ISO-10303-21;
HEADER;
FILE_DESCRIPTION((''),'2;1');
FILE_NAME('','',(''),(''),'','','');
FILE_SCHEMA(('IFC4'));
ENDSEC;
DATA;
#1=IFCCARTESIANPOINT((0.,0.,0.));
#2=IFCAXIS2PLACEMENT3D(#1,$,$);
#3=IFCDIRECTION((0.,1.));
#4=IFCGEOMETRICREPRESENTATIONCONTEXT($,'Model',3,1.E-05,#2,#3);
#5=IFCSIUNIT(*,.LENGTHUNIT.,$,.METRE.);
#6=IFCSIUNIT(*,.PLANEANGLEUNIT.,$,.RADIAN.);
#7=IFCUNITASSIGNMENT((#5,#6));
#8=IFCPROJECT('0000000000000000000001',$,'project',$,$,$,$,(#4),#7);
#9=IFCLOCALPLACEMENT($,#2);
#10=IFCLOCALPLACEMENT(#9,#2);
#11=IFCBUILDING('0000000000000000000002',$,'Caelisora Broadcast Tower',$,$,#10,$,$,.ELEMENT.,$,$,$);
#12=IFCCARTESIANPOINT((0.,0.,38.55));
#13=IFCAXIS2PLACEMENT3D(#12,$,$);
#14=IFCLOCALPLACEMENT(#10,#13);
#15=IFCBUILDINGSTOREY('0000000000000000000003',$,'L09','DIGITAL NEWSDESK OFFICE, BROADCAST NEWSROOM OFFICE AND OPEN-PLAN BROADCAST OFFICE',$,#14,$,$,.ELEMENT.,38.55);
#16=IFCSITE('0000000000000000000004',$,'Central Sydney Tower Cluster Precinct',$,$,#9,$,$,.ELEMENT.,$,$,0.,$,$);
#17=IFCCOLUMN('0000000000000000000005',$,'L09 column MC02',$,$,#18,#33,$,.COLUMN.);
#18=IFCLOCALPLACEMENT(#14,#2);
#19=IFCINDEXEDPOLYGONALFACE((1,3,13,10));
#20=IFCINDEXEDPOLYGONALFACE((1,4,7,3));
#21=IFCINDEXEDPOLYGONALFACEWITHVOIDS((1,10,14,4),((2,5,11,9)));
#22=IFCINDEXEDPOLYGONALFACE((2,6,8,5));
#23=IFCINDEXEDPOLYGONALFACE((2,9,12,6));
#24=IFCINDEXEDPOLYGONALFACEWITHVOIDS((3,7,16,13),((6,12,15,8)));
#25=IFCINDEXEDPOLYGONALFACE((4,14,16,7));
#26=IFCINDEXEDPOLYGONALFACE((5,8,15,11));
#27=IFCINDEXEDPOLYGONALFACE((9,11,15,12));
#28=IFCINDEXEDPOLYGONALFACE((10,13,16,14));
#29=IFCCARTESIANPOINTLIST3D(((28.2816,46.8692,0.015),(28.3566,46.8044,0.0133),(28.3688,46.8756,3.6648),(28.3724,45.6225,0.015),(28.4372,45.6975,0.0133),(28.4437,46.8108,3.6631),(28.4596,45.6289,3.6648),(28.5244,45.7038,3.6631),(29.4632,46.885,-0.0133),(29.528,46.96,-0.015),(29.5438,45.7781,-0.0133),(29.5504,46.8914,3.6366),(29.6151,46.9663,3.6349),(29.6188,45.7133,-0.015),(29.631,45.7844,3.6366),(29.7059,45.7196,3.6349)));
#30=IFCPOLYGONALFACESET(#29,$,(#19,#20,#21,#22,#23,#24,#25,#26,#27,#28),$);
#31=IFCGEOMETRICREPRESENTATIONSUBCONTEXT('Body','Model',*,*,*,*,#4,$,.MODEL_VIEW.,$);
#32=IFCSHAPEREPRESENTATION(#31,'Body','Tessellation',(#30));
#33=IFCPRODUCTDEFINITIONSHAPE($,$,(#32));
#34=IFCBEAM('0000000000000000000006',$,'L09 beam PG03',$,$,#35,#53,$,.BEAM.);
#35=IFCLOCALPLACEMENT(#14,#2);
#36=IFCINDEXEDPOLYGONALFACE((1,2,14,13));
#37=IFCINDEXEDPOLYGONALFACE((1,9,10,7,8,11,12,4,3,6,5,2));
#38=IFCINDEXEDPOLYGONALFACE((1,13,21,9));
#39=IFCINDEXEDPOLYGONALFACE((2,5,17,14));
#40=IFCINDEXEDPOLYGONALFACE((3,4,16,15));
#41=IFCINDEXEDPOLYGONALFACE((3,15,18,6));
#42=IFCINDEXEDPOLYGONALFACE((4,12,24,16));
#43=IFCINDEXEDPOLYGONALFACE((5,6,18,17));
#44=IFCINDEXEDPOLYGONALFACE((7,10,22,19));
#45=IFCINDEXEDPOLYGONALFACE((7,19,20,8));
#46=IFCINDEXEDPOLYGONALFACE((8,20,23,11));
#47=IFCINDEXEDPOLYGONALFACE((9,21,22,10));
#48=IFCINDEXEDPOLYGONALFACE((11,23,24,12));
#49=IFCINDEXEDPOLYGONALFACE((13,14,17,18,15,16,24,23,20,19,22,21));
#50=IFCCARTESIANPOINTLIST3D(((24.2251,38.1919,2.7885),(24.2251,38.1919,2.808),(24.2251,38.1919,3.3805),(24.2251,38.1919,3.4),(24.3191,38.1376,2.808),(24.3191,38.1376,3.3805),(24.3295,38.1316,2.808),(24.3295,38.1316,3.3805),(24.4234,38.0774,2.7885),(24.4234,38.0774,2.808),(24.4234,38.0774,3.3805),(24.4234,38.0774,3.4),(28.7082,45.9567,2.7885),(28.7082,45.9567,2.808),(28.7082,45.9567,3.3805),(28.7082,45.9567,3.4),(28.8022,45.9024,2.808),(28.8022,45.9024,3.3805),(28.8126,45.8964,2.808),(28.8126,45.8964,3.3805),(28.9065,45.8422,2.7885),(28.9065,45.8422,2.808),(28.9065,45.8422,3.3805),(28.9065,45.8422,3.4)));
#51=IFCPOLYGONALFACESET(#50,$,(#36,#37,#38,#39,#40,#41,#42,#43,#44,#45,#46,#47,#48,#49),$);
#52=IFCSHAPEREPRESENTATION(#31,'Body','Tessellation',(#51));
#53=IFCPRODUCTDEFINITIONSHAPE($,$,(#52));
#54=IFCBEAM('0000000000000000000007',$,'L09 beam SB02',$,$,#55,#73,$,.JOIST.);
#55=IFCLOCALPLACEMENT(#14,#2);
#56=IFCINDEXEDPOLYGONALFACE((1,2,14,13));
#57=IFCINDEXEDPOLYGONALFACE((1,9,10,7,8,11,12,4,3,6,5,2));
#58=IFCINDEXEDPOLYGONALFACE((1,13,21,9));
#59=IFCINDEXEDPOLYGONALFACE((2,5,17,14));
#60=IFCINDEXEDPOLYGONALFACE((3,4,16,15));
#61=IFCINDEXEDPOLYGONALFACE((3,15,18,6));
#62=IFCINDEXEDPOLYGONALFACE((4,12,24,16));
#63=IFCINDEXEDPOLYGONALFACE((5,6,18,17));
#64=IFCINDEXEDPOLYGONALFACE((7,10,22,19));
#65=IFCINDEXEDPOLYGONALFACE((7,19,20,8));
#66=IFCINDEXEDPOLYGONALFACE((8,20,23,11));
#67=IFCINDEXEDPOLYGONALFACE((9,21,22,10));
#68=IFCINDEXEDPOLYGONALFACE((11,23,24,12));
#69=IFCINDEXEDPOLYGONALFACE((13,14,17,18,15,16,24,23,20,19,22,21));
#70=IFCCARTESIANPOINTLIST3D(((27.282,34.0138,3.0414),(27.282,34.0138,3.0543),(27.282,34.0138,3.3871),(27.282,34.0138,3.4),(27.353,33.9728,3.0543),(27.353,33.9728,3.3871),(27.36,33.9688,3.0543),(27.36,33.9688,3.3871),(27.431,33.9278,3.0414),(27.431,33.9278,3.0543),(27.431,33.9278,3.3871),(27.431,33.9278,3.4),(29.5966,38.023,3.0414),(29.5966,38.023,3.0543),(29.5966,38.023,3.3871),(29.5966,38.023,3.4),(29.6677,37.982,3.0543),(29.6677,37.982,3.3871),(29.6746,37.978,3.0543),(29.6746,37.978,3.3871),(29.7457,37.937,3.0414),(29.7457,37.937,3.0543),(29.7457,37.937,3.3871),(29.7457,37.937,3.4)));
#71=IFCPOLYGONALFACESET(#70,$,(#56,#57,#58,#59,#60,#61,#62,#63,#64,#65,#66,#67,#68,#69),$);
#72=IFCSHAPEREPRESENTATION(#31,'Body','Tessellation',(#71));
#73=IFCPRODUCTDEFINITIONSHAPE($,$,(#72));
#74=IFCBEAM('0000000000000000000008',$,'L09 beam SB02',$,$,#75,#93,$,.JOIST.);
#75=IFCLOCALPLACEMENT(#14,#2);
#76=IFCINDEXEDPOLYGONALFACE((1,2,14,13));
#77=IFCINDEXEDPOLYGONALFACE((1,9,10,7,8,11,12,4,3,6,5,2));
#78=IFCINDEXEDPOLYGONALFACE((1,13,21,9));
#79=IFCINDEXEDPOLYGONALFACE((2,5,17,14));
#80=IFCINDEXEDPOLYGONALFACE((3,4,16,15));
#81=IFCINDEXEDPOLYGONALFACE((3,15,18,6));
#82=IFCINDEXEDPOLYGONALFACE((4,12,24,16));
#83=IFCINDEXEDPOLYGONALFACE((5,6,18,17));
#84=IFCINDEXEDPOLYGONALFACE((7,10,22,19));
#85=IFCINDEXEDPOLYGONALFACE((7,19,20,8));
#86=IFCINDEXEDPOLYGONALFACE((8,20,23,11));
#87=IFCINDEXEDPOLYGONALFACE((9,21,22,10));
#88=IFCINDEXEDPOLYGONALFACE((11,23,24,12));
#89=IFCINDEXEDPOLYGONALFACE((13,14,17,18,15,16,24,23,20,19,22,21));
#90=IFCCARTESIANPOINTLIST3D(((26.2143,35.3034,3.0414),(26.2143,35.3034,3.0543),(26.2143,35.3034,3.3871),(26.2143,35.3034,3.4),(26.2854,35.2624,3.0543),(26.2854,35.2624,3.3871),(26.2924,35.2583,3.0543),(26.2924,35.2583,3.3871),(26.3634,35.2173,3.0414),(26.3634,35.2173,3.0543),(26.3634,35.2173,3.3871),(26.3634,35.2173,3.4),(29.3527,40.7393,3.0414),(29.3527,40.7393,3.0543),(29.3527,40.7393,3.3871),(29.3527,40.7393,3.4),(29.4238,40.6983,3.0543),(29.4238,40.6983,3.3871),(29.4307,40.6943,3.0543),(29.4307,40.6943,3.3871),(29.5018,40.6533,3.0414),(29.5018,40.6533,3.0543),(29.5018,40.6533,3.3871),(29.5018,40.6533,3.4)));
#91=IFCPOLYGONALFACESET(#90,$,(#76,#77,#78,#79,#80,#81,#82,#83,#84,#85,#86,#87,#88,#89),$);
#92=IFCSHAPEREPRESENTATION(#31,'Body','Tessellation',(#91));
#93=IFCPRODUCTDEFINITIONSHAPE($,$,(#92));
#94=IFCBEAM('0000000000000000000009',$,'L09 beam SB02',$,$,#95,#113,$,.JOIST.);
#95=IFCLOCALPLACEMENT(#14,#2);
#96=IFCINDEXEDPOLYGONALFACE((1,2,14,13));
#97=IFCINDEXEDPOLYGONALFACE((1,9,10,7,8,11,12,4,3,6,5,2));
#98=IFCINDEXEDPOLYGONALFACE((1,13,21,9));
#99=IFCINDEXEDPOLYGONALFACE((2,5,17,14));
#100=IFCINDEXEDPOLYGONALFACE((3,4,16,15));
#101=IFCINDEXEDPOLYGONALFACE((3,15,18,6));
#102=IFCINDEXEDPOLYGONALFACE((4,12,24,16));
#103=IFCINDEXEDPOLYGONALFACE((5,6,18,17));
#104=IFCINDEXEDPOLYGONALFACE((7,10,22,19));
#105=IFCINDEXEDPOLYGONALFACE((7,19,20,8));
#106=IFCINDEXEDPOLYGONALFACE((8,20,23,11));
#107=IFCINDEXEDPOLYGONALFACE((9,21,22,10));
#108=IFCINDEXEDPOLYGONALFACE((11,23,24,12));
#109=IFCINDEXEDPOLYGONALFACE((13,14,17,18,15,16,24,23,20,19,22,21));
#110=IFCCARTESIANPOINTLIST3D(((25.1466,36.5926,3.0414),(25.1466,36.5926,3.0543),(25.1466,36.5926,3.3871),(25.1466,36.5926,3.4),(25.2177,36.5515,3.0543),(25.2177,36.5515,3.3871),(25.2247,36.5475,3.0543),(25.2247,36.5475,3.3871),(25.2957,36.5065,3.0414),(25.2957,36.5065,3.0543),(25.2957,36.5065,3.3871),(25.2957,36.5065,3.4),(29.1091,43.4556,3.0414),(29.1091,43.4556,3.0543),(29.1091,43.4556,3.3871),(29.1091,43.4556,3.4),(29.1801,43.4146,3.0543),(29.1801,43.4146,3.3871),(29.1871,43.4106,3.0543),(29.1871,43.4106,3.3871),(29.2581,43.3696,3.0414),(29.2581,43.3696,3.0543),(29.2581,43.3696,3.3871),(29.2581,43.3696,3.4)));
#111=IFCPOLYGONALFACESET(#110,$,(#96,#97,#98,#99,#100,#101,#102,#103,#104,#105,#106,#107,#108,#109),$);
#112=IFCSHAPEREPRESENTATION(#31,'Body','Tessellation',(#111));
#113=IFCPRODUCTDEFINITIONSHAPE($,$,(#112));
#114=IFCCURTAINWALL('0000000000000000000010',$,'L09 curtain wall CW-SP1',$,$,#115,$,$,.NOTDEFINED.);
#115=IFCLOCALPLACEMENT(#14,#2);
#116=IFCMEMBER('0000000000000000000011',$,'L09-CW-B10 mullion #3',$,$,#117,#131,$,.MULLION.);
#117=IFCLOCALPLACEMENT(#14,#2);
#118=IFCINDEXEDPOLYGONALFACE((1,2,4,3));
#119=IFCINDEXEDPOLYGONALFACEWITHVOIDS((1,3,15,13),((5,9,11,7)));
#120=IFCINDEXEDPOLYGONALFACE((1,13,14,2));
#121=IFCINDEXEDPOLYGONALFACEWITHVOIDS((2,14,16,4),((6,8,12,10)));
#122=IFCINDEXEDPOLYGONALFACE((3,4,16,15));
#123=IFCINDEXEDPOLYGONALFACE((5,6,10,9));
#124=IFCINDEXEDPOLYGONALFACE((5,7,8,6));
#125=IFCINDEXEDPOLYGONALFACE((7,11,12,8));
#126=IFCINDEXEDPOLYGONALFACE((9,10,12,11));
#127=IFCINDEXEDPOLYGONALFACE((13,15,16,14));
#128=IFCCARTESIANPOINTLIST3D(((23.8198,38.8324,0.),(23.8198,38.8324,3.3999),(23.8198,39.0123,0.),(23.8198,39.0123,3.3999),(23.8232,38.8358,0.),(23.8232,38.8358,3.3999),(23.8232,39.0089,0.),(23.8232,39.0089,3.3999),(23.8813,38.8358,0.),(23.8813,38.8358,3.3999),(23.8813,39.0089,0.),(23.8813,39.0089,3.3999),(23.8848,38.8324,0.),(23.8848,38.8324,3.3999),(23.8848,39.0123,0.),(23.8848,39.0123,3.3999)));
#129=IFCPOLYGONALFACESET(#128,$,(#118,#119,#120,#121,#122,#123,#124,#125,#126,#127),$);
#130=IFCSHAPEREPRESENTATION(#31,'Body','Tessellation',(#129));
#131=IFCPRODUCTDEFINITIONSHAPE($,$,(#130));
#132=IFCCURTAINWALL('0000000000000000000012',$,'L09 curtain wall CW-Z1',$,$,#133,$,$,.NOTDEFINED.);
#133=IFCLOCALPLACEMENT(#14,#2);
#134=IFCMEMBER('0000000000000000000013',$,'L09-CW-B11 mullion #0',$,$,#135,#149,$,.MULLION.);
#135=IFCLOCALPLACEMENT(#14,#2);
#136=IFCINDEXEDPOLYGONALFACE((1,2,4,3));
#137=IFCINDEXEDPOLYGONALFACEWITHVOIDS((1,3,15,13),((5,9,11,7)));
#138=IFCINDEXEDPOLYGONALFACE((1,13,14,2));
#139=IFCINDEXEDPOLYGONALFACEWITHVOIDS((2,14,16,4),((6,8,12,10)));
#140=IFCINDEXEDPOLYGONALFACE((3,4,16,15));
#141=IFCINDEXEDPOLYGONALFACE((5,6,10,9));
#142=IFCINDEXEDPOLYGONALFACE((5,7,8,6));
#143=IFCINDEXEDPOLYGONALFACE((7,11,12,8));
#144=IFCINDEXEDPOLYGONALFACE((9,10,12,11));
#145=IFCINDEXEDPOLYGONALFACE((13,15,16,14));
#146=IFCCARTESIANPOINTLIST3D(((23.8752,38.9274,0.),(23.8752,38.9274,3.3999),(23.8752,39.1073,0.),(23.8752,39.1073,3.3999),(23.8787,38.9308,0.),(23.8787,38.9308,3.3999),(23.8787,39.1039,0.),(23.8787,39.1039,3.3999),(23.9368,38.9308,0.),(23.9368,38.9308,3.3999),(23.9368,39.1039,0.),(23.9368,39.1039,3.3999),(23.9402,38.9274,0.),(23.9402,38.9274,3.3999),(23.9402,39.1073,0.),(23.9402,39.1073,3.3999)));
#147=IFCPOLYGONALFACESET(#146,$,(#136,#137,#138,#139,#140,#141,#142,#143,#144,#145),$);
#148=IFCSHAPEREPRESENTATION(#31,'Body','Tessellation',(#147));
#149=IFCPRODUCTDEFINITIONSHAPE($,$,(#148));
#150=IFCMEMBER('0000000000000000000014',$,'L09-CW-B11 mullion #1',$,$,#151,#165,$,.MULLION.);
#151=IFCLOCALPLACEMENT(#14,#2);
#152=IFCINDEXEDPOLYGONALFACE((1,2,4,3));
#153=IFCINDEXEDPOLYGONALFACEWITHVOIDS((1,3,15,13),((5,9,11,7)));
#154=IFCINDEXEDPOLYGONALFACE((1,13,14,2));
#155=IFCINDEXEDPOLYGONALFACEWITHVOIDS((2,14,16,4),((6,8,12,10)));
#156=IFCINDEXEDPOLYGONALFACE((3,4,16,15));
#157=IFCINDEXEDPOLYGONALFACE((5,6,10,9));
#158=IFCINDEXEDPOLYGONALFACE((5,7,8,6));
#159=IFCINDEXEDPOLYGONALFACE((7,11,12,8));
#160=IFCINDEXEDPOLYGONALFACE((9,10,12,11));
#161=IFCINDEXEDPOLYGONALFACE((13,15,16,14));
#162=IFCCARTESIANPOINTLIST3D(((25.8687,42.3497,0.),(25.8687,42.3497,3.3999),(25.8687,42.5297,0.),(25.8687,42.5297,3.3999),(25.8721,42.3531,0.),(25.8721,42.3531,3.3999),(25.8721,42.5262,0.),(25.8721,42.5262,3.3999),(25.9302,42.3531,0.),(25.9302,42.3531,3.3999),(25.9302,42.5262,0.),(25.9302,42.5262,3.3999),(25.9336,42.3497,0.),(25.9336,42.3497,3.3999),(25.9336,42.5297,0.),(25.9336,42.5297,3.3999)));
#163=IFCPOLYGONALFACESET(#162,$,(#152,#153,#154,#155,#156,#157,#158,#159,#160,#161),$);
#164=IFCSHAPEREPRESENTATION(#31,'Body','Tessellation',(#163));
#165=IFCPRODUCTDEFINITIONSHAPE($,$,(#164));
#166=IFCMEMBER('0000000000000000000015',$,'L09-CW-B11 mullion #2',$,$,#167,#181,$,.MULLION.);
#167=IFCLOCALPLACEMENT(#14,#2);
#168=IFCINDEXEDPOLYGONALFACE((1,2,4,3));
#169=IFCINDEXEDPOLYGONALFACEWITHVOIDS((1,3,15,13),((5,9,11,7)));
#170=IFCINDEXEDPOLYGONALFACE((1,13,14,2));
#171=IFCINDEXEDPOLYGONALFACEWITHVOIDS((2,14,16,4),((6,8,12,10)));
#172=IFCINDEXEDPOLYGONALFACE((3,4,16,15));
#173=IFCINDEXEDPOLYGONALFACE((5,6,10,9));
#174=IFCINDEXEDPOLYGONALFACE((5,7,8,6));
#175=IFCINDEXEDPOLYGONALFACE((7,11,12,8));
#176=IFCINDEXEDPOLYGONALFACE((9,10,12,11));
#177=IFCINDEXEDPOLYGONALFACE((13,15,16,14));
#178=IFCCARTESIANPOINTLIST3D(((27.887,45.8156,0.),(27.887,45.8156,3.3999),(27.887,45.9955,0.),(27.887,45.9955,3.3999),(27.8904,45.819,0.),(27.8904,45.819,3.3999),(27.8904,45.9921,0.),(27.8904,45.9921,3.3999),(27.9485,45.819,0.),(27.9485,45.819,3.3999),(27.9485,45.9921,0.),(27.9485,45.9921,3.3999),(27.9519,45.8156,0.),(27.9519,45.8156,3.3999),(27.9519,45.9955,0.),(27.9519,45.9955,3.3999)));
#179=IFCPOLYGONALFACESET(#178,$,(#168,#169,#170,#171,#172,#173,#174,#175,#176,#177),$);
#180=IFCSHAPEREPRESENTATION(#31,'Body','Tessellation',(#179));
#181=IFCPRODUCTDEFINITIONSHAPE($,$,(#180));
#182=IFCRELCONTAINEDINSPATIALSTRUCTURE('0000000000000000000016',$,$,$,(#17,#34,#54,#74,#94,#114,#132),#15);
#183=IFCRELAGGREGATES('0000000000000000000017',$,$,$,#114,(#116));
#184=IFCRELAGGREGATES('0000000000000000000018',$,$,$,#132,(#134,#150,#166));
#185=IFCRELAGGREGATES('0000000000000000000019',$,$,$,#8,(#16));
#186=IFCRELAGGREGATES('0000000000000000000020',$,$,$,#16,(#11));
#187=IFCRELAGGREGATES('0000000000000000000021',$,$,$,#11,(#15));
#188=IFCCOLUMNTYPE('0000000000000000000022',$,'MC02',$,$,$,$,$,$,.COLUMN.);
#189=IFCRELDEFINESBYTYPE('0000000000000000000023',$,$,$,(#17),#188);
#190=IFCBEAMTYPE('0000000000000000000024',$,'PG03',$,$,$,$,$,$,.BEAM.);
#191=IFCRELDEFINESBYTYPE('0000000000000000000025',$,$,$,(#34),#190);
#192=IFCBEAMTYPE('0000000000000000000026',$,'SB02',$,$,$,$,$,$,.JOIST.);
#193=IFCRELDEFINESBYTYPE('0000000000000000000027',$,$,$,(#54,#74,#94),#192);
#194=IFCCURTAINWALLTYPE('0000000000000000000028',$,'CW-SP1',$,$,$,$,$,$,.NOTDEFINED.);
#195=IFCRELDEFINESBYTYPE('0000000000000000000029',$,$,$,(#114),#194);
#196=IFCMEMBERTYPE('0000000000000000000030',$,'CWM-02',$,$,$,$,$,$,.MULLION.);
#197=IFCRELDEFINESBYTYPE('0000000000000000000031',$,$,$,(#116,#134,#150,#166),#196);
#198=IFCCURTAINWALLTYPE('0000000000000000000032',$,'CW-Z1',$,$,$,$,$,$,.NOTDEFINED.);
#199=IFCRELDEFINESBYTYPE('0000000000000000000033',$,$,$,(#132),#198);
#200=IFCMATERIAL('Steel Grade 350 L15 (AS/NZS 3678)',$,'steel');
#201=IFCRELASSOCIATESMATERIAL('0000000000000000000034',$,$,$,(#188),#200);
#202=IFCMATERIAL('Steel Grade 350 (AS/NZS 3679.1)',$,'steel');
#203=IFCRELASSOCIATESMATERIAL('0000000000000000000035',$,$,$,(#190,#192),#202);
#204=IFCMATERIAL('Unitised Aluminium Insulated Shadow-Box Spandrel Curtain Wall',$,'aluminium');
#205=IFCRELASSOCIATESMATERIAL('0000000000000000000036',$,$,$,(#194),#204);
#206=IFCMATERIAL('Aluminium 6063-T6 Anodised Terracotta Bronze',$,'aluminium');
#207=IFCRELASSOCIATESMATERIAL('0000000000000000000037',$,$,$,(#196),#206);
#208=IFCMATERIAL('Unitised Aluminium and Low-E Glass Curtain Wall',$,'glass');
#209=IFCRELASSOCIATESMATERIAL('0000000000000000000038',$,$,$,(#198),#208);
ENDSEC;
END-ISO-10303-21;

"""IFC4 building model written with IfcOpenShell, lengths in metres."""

from ifc_helpers import new_model, si_unit, direction, frame, origin, origin_2d, place, context, subcontext, project, spatial, hollow_rectangle, i_section, extrude, source, transform, mapped, material, material_profile, profile_set, type_object, type_shapes, element, aggregate, save


model = new_model("IFC4")

# Units and contexts
model_context = context("Model", 3, precision=1e-05, world=origin(), true_north=direction((0.0, 1.0)))
body_context = subcontext(model_context, "Body", "Model", "MODEL_VIEW")
ifc_project = project(units=[si_unit("LENGTHUNIT", "METRE"), si_unit("PLANEANGLEUNIT", "RADIAN")], contexts=[model_context])

# Site, building, storey
site_placement = place(None, origin())
site = spatial("IfcSite", under=ifc_project, at=site_placement, Name="Central Sydney Tower Cluster Precinct", CompositionType="ELEMENT", RefElevation=0.0)
building_placement = place(site_placement, origin())
building = spatial("IfcBuilding", under=site, at=building_placement, Name="Caelisora Broadcast Tower", CompositionType="ELEMENT")
storey_placement = place(building_placement, frame((0.0, 0.0, 38.55)))
storey = spatial("IfcBuildingStorey", under=building, at=storey_placement, Name="L09", Description="DIGITAL NEWSDESK OFFICE, BROADCAST NEWSROOM OFFICE AND OPEN-PLAN BROADCAST OFFICE", CompositionType="ELEMENT", Elevation=38.55)

# Column
ifc_material_1 = material(Name="Steel Grade 350 L15 (AS/NZS 3678)", Category="steel")
ifc_material_profile_1 = material_profile(ifc_material_1, hollow_rectangle(XDim=1.25, YDim=1.25, WallThickness=0.0701, at=origin_2d()), Name="Steel Grade 350 L15 (AS/NZS 3678)")
ifc_profile_set_1 = profile_set([ifc_material_profile_1], Name="Steel Grade 350 L15 (AS/NZS 3678)")
column_type = type_object("IfcColumnType", Name="MC02", PredefinedType="COLUMN", material=ifc_profile_set_1)
shared_shape_1 = source(origin(), body_context, "Body", "SweptSolid", [
    extrude(hollow_rectangle(XDim=1.25, YDim=1.25, WallThickness=0.0701, at=origin_2d()), origin(), (0.0, 0.0, 1.0), 3.6509),
])
type_shapes(column_type, [shared_shape_1])
column_placement = place(storey_placement, frame((28.9502, 46.2913, 0.0), z_axis=(0.023873, 0.001739, 0.999713), x_axis=(-0.072637, 0.997358, 0.0)))
element("IfcColumn", 1, at=column_placement, inside=storey, type_object=column_type, Name="L09 column MC02", PredefinedType="COLUMN", context=body_context, shape_type="MappedRepresentation", body=[
    mapped(shared_shape_1, transform((0.0, 0.0, 0.0), scale=1.0)),
])

# Beams
ifc_material_2 = material(Name="Steel Grade 350 (AS/NZS 3679.1)", Category="steel")
ifc_material_profile_2 = material_profile(ifc_material_2, i_section(OverallWidth=0.229, OverallDepth=0.6116, WebThickness=0.012, FlangeThickness=0.0195, at=origin_2d()), Name="Steel Grade 350 (AS/NZS 3679.1)")
ifc_profile_set_2 = profile_set([ifc_material_profile_2], Name="Steel Grade 350 (AS/NZS 3679.1)")
beam_type_1 = type_object("IfcBeamType", Name="PG03", PredefinedType="BEAM", material=ifc_profile_set_2)
shared_shape_2 = source(origin(), body_context, "Body", "SweptSolid", [
    extrude(i_section(OverallWidth=0.229, OverallDepth=0.6116, WebThickness=0.012, FlangeThickness=0.0195, at=origin_2d()), origin(), (0.0, 0.0, 1.0), 8.9661),
])
type_shapes(beam_type_1, [shared_shape_2])
beam_1_placement = place(storey_placement, frame((28.8074, 45.8994, 3.0942), z_axis=(-0.500008, -0.866021, 0.0), x_axis=(0.866021, -0.500008, 0.0)))
element("IfcBeam", 2, at=beam_1_placement, inside=storey, type_object=beam_type_1, Name="L09 beam PG03", PredefinedType="BEAM", context=body_context, shape_type="MappedRepresentation", body=[
    mapped(shared_shape_2, transform((0.0, 0.0, 0.0), scale=1.0)),
])
ifc_material_profile_3 = material_profile(ifc_material_2, i_section(OverallWidth=0.1721, OverallDepth=0.3586, WebThickness=0.0081, FlangeThickness=0.0129, at=origin_2d()), Name="Steel Grade 350 (AS/NZS 3679.1)")
ifc_profile_set_3 = profile_set([ifc_material_profile_3], Name="Steel Grade 350 (AS/NZS 3679.1)")
beam_type_2 = type_object("IfcBeamType", Name="SB02", PredefinedType="JOIST", material=ifc_profile_set_3)
shared_shape_3 = source(origin(), body_context, "Body", "SweptSolid", [
    extrude(i_section(OverallWidth=0.1721, OverallDepth=0.3586, WebThickness=0.0081, FlangeThickness=0.0129, at=origin_2d()), origin(), (0.0, 0.0, 1.0), 4.6294),
])
beam_2_placement = place(storey_placement, frame((29.6711, 37.98, 3.2207), z_axis=(-0.49999, -0.866031, 0.0), x_axis=(0.866031, -0.49999, 0.0)))
element("IfcBeam", 3, at=beam_2_placement, inside=storey, type_object=beam_type_2, Name="L09 beam SB02", PredefinedType="JOIST", context=body_context, shape_type="MappedRepresentation", body=[
    mapped(shared_shape_3, transform((0.0, 0.0, 0.0), scale=1.0)),
])
shared_shape_4 = source(origin(), body_context, "Body", "SweptSolid", [
    extrude(i_section(OverallWidth=0.1721, OverallDepth=0.3586, WebThickness=0.0081, FlangeThickness=0.0129, at=origin_2d()), origin(), (0.0, 0.0, 1.0), 6.2769),
])
beam_3_placement = place(storey_placement, frame((29.4272, 40.6963, 3.2207), z_axis=(-0.499992, -0.86603, 0.0), x_axis=(0.86603, -0.499992, 0.0)))
element("IfcBeam", 4, at=beam_3_placement, inside=storey, type_object=beam_type_2, Name="L09 beam SB02", PredefinedType="JOIST", context=body_context, shape_type="MappedRepresentation", body=[
    mapped(shared_shape_4, transform((0.0, 0.0, 0.0), scale=1.0)),
])
shared_shape_5 = source(origin(), body_context, "Body", "SweptSolid", [
    extrude(i_section(OverallWidth=0.1721, OverallDepth=0.3586, WebThickness=0.0081, FlangeThickness=0.0129, at=origin_2d()), origin(), (0.0, 0.0, 1.0), 7.9248),
])
type_shapes(beam_type_2, [shared_shape_3, shared_shape_4, shared_shape_5])
beam_4_placement = place(storey_placement, frame((29.1836, 43.4126, 3.2207), z_axis=(-0.500002, -0.866024, 0.0), x_axis=(0.866024, -0.500002, 0.0)))
element("IfcBeam", 5, at=beam_4_placement, inside=storey, type_object=beam_type_2, Name="L09 beam SB02", PredefinedType="JOIST", context=body_context, shape_type="MappedRepresentation", body=[
    mapped(shared_shape_5, transform((0.0, 0.0, 0.0), scale=1.0)),
])

# Curtain wall, member
ifc_material_3 = material(Name="Unitised Aluminium Insulated Shadow-Box Spandrel Curtain Wall", Category="aluminium")
curtain_wall_type_1 = type_object("IfcCurtainWallType", Name="CW-SP1", PredefinedType="NOTDEFINED", material=ifc_material_3)
curtain_wall_1_placement = place(storey_placement, origin())
curtain_wall_1 = element("IfcCurtainWall", 6, at=curtain_wall_1_placement, inside=storey, type_object=curtain_wall_type_1, Name="L09 curtain wall CW-SP1", PredefinedType="NOTDEFINED")
ifc_material_4 = material(Name="Aluminium 6063-T6 Anodised Terracotta Bronze", Category="aluminium")
ifc_material_profile_4 = material_profile(ifc_material_4, hollow_rectangle(XDim=0.0649, YDim=0.1799, WallThickness=0.0034, at=origin_2d()), Name="Aluminium 6063-T6 Anodised Terracotta Bronze")
ifc_profile_set_4 = profile_set([ifc_material_profile_4], Name="Aluminium 6063-T6 Anodised Terracotta Bronze")
member_type_1 = type_object("IfcMemberType", Name="CWM-02", PredefinedType="MULLION", material=ifc_profile_set_4)
shared_shape_6 = source(origin(), body_context, "Body", "SweptSolid", [
    extrude(hollow_rectangle(XDim=0.0649, YDim=0.1799, WallThickness=0.0034, at=origin_2d()), origin(), (0.0, 0.0, 1.0), 3.3999),
])
type_shapes(member_type_1, [shared_shape_6])
member_1_placement = place(storey_placement, frame((23.8523, 38.9224, 0.0), z_axis=(0.0, 0.0, 1.0), x_axis=(1.0, 0.0, 0.0)))
member_1 = element("IfcMember", 7, at=member_1_placement, type_object=member_type_1, Name="L09-CW-B10 mullion #3", PredefinedType="MULLION", context=body_context, shape_type="MappedRepresentation", body=[
    mapped(shared_shape_6, transform((0.0, 0.0, 0.0), scale=1.0)),
])
aggregate(curtain_wall_1, [member_1])

# Curtain wall, members
ifc_material_5 = material(Name="Unitised Aluminium and Low-E Glass Curtain Wall", Category="glass")
curtain_wall_type_2 = type_object("IfcCurtainWallType", Name="CW-Z1", PredefinedType="NOTDEFINED", material=ifc_material_5)
curtain_wall_2_placement = place(storey_placement, origin())
curtain_wall_2 = element("IfcCurtainWall", 8, at=curtain_wall_2_placement, inside=storey, type_object=curtain_wall_type_2, Name="L09 curtain wall CW-Z1", PredefinedType="NOTDEFINED")
member_2_placement = place(storey_placement, frame((23.9077, 39.0173, 0.0), z_axis=(0.0, 0.0, 1.0), x_axis=(1.0, 0.0, 0.0)))
member_2 = element("IfcMember", 9, at=member_2_placement, type_object=member_type_1, Name="L09-CW-B11 mullion #0", PredefinedType="MULLION", context=body_context, shape_type="MappedRepresentation", body=[
    mapped(shared_shape_6, transform((0.0, 0.0, 0.0), scale=1.0)),
])
member_3_placement = place(storey_placement, frame((25.9011, 42.4397, 0.0), z_axis=(0.0, 0.0, 1.0), x_axis=(1.0, 0.0, 0.0)))
member_3 = element("IfcMember", 10, at=member_3_placement, type_object=member_type_1, Name="L09-CW-B11 mullion #1", PredefinedType="MULLION", context=body_context, shape_type="MappedRepresentation", body=[
    mapped(shared_shape_6, transform((0.0, 0.0, 0.0), scale=1.0)),
])
member_4_placement = place(storey_placement, frame((27.9194, 45.9055, 0.0), z_axis=(0.0, 0.0, 1.0), x_axis=(1.0, 0.0, 0.0)))
member_4 = element("IfcMember", 11, at=member_4_placement, type_object=member_type_1, Name="L09-CW-B11 mullion #2", PredefinedType="MULLION", context=body_context, shape_type="MappedRepresentation", body=[
    mapped(shared_shape_6, transform((0.0, 0.0, 0.0), scale=1.0)),
])
aggregate(curtain_wall_2, [member_2, member_3, member_4])

save(model, "model.ifc")
